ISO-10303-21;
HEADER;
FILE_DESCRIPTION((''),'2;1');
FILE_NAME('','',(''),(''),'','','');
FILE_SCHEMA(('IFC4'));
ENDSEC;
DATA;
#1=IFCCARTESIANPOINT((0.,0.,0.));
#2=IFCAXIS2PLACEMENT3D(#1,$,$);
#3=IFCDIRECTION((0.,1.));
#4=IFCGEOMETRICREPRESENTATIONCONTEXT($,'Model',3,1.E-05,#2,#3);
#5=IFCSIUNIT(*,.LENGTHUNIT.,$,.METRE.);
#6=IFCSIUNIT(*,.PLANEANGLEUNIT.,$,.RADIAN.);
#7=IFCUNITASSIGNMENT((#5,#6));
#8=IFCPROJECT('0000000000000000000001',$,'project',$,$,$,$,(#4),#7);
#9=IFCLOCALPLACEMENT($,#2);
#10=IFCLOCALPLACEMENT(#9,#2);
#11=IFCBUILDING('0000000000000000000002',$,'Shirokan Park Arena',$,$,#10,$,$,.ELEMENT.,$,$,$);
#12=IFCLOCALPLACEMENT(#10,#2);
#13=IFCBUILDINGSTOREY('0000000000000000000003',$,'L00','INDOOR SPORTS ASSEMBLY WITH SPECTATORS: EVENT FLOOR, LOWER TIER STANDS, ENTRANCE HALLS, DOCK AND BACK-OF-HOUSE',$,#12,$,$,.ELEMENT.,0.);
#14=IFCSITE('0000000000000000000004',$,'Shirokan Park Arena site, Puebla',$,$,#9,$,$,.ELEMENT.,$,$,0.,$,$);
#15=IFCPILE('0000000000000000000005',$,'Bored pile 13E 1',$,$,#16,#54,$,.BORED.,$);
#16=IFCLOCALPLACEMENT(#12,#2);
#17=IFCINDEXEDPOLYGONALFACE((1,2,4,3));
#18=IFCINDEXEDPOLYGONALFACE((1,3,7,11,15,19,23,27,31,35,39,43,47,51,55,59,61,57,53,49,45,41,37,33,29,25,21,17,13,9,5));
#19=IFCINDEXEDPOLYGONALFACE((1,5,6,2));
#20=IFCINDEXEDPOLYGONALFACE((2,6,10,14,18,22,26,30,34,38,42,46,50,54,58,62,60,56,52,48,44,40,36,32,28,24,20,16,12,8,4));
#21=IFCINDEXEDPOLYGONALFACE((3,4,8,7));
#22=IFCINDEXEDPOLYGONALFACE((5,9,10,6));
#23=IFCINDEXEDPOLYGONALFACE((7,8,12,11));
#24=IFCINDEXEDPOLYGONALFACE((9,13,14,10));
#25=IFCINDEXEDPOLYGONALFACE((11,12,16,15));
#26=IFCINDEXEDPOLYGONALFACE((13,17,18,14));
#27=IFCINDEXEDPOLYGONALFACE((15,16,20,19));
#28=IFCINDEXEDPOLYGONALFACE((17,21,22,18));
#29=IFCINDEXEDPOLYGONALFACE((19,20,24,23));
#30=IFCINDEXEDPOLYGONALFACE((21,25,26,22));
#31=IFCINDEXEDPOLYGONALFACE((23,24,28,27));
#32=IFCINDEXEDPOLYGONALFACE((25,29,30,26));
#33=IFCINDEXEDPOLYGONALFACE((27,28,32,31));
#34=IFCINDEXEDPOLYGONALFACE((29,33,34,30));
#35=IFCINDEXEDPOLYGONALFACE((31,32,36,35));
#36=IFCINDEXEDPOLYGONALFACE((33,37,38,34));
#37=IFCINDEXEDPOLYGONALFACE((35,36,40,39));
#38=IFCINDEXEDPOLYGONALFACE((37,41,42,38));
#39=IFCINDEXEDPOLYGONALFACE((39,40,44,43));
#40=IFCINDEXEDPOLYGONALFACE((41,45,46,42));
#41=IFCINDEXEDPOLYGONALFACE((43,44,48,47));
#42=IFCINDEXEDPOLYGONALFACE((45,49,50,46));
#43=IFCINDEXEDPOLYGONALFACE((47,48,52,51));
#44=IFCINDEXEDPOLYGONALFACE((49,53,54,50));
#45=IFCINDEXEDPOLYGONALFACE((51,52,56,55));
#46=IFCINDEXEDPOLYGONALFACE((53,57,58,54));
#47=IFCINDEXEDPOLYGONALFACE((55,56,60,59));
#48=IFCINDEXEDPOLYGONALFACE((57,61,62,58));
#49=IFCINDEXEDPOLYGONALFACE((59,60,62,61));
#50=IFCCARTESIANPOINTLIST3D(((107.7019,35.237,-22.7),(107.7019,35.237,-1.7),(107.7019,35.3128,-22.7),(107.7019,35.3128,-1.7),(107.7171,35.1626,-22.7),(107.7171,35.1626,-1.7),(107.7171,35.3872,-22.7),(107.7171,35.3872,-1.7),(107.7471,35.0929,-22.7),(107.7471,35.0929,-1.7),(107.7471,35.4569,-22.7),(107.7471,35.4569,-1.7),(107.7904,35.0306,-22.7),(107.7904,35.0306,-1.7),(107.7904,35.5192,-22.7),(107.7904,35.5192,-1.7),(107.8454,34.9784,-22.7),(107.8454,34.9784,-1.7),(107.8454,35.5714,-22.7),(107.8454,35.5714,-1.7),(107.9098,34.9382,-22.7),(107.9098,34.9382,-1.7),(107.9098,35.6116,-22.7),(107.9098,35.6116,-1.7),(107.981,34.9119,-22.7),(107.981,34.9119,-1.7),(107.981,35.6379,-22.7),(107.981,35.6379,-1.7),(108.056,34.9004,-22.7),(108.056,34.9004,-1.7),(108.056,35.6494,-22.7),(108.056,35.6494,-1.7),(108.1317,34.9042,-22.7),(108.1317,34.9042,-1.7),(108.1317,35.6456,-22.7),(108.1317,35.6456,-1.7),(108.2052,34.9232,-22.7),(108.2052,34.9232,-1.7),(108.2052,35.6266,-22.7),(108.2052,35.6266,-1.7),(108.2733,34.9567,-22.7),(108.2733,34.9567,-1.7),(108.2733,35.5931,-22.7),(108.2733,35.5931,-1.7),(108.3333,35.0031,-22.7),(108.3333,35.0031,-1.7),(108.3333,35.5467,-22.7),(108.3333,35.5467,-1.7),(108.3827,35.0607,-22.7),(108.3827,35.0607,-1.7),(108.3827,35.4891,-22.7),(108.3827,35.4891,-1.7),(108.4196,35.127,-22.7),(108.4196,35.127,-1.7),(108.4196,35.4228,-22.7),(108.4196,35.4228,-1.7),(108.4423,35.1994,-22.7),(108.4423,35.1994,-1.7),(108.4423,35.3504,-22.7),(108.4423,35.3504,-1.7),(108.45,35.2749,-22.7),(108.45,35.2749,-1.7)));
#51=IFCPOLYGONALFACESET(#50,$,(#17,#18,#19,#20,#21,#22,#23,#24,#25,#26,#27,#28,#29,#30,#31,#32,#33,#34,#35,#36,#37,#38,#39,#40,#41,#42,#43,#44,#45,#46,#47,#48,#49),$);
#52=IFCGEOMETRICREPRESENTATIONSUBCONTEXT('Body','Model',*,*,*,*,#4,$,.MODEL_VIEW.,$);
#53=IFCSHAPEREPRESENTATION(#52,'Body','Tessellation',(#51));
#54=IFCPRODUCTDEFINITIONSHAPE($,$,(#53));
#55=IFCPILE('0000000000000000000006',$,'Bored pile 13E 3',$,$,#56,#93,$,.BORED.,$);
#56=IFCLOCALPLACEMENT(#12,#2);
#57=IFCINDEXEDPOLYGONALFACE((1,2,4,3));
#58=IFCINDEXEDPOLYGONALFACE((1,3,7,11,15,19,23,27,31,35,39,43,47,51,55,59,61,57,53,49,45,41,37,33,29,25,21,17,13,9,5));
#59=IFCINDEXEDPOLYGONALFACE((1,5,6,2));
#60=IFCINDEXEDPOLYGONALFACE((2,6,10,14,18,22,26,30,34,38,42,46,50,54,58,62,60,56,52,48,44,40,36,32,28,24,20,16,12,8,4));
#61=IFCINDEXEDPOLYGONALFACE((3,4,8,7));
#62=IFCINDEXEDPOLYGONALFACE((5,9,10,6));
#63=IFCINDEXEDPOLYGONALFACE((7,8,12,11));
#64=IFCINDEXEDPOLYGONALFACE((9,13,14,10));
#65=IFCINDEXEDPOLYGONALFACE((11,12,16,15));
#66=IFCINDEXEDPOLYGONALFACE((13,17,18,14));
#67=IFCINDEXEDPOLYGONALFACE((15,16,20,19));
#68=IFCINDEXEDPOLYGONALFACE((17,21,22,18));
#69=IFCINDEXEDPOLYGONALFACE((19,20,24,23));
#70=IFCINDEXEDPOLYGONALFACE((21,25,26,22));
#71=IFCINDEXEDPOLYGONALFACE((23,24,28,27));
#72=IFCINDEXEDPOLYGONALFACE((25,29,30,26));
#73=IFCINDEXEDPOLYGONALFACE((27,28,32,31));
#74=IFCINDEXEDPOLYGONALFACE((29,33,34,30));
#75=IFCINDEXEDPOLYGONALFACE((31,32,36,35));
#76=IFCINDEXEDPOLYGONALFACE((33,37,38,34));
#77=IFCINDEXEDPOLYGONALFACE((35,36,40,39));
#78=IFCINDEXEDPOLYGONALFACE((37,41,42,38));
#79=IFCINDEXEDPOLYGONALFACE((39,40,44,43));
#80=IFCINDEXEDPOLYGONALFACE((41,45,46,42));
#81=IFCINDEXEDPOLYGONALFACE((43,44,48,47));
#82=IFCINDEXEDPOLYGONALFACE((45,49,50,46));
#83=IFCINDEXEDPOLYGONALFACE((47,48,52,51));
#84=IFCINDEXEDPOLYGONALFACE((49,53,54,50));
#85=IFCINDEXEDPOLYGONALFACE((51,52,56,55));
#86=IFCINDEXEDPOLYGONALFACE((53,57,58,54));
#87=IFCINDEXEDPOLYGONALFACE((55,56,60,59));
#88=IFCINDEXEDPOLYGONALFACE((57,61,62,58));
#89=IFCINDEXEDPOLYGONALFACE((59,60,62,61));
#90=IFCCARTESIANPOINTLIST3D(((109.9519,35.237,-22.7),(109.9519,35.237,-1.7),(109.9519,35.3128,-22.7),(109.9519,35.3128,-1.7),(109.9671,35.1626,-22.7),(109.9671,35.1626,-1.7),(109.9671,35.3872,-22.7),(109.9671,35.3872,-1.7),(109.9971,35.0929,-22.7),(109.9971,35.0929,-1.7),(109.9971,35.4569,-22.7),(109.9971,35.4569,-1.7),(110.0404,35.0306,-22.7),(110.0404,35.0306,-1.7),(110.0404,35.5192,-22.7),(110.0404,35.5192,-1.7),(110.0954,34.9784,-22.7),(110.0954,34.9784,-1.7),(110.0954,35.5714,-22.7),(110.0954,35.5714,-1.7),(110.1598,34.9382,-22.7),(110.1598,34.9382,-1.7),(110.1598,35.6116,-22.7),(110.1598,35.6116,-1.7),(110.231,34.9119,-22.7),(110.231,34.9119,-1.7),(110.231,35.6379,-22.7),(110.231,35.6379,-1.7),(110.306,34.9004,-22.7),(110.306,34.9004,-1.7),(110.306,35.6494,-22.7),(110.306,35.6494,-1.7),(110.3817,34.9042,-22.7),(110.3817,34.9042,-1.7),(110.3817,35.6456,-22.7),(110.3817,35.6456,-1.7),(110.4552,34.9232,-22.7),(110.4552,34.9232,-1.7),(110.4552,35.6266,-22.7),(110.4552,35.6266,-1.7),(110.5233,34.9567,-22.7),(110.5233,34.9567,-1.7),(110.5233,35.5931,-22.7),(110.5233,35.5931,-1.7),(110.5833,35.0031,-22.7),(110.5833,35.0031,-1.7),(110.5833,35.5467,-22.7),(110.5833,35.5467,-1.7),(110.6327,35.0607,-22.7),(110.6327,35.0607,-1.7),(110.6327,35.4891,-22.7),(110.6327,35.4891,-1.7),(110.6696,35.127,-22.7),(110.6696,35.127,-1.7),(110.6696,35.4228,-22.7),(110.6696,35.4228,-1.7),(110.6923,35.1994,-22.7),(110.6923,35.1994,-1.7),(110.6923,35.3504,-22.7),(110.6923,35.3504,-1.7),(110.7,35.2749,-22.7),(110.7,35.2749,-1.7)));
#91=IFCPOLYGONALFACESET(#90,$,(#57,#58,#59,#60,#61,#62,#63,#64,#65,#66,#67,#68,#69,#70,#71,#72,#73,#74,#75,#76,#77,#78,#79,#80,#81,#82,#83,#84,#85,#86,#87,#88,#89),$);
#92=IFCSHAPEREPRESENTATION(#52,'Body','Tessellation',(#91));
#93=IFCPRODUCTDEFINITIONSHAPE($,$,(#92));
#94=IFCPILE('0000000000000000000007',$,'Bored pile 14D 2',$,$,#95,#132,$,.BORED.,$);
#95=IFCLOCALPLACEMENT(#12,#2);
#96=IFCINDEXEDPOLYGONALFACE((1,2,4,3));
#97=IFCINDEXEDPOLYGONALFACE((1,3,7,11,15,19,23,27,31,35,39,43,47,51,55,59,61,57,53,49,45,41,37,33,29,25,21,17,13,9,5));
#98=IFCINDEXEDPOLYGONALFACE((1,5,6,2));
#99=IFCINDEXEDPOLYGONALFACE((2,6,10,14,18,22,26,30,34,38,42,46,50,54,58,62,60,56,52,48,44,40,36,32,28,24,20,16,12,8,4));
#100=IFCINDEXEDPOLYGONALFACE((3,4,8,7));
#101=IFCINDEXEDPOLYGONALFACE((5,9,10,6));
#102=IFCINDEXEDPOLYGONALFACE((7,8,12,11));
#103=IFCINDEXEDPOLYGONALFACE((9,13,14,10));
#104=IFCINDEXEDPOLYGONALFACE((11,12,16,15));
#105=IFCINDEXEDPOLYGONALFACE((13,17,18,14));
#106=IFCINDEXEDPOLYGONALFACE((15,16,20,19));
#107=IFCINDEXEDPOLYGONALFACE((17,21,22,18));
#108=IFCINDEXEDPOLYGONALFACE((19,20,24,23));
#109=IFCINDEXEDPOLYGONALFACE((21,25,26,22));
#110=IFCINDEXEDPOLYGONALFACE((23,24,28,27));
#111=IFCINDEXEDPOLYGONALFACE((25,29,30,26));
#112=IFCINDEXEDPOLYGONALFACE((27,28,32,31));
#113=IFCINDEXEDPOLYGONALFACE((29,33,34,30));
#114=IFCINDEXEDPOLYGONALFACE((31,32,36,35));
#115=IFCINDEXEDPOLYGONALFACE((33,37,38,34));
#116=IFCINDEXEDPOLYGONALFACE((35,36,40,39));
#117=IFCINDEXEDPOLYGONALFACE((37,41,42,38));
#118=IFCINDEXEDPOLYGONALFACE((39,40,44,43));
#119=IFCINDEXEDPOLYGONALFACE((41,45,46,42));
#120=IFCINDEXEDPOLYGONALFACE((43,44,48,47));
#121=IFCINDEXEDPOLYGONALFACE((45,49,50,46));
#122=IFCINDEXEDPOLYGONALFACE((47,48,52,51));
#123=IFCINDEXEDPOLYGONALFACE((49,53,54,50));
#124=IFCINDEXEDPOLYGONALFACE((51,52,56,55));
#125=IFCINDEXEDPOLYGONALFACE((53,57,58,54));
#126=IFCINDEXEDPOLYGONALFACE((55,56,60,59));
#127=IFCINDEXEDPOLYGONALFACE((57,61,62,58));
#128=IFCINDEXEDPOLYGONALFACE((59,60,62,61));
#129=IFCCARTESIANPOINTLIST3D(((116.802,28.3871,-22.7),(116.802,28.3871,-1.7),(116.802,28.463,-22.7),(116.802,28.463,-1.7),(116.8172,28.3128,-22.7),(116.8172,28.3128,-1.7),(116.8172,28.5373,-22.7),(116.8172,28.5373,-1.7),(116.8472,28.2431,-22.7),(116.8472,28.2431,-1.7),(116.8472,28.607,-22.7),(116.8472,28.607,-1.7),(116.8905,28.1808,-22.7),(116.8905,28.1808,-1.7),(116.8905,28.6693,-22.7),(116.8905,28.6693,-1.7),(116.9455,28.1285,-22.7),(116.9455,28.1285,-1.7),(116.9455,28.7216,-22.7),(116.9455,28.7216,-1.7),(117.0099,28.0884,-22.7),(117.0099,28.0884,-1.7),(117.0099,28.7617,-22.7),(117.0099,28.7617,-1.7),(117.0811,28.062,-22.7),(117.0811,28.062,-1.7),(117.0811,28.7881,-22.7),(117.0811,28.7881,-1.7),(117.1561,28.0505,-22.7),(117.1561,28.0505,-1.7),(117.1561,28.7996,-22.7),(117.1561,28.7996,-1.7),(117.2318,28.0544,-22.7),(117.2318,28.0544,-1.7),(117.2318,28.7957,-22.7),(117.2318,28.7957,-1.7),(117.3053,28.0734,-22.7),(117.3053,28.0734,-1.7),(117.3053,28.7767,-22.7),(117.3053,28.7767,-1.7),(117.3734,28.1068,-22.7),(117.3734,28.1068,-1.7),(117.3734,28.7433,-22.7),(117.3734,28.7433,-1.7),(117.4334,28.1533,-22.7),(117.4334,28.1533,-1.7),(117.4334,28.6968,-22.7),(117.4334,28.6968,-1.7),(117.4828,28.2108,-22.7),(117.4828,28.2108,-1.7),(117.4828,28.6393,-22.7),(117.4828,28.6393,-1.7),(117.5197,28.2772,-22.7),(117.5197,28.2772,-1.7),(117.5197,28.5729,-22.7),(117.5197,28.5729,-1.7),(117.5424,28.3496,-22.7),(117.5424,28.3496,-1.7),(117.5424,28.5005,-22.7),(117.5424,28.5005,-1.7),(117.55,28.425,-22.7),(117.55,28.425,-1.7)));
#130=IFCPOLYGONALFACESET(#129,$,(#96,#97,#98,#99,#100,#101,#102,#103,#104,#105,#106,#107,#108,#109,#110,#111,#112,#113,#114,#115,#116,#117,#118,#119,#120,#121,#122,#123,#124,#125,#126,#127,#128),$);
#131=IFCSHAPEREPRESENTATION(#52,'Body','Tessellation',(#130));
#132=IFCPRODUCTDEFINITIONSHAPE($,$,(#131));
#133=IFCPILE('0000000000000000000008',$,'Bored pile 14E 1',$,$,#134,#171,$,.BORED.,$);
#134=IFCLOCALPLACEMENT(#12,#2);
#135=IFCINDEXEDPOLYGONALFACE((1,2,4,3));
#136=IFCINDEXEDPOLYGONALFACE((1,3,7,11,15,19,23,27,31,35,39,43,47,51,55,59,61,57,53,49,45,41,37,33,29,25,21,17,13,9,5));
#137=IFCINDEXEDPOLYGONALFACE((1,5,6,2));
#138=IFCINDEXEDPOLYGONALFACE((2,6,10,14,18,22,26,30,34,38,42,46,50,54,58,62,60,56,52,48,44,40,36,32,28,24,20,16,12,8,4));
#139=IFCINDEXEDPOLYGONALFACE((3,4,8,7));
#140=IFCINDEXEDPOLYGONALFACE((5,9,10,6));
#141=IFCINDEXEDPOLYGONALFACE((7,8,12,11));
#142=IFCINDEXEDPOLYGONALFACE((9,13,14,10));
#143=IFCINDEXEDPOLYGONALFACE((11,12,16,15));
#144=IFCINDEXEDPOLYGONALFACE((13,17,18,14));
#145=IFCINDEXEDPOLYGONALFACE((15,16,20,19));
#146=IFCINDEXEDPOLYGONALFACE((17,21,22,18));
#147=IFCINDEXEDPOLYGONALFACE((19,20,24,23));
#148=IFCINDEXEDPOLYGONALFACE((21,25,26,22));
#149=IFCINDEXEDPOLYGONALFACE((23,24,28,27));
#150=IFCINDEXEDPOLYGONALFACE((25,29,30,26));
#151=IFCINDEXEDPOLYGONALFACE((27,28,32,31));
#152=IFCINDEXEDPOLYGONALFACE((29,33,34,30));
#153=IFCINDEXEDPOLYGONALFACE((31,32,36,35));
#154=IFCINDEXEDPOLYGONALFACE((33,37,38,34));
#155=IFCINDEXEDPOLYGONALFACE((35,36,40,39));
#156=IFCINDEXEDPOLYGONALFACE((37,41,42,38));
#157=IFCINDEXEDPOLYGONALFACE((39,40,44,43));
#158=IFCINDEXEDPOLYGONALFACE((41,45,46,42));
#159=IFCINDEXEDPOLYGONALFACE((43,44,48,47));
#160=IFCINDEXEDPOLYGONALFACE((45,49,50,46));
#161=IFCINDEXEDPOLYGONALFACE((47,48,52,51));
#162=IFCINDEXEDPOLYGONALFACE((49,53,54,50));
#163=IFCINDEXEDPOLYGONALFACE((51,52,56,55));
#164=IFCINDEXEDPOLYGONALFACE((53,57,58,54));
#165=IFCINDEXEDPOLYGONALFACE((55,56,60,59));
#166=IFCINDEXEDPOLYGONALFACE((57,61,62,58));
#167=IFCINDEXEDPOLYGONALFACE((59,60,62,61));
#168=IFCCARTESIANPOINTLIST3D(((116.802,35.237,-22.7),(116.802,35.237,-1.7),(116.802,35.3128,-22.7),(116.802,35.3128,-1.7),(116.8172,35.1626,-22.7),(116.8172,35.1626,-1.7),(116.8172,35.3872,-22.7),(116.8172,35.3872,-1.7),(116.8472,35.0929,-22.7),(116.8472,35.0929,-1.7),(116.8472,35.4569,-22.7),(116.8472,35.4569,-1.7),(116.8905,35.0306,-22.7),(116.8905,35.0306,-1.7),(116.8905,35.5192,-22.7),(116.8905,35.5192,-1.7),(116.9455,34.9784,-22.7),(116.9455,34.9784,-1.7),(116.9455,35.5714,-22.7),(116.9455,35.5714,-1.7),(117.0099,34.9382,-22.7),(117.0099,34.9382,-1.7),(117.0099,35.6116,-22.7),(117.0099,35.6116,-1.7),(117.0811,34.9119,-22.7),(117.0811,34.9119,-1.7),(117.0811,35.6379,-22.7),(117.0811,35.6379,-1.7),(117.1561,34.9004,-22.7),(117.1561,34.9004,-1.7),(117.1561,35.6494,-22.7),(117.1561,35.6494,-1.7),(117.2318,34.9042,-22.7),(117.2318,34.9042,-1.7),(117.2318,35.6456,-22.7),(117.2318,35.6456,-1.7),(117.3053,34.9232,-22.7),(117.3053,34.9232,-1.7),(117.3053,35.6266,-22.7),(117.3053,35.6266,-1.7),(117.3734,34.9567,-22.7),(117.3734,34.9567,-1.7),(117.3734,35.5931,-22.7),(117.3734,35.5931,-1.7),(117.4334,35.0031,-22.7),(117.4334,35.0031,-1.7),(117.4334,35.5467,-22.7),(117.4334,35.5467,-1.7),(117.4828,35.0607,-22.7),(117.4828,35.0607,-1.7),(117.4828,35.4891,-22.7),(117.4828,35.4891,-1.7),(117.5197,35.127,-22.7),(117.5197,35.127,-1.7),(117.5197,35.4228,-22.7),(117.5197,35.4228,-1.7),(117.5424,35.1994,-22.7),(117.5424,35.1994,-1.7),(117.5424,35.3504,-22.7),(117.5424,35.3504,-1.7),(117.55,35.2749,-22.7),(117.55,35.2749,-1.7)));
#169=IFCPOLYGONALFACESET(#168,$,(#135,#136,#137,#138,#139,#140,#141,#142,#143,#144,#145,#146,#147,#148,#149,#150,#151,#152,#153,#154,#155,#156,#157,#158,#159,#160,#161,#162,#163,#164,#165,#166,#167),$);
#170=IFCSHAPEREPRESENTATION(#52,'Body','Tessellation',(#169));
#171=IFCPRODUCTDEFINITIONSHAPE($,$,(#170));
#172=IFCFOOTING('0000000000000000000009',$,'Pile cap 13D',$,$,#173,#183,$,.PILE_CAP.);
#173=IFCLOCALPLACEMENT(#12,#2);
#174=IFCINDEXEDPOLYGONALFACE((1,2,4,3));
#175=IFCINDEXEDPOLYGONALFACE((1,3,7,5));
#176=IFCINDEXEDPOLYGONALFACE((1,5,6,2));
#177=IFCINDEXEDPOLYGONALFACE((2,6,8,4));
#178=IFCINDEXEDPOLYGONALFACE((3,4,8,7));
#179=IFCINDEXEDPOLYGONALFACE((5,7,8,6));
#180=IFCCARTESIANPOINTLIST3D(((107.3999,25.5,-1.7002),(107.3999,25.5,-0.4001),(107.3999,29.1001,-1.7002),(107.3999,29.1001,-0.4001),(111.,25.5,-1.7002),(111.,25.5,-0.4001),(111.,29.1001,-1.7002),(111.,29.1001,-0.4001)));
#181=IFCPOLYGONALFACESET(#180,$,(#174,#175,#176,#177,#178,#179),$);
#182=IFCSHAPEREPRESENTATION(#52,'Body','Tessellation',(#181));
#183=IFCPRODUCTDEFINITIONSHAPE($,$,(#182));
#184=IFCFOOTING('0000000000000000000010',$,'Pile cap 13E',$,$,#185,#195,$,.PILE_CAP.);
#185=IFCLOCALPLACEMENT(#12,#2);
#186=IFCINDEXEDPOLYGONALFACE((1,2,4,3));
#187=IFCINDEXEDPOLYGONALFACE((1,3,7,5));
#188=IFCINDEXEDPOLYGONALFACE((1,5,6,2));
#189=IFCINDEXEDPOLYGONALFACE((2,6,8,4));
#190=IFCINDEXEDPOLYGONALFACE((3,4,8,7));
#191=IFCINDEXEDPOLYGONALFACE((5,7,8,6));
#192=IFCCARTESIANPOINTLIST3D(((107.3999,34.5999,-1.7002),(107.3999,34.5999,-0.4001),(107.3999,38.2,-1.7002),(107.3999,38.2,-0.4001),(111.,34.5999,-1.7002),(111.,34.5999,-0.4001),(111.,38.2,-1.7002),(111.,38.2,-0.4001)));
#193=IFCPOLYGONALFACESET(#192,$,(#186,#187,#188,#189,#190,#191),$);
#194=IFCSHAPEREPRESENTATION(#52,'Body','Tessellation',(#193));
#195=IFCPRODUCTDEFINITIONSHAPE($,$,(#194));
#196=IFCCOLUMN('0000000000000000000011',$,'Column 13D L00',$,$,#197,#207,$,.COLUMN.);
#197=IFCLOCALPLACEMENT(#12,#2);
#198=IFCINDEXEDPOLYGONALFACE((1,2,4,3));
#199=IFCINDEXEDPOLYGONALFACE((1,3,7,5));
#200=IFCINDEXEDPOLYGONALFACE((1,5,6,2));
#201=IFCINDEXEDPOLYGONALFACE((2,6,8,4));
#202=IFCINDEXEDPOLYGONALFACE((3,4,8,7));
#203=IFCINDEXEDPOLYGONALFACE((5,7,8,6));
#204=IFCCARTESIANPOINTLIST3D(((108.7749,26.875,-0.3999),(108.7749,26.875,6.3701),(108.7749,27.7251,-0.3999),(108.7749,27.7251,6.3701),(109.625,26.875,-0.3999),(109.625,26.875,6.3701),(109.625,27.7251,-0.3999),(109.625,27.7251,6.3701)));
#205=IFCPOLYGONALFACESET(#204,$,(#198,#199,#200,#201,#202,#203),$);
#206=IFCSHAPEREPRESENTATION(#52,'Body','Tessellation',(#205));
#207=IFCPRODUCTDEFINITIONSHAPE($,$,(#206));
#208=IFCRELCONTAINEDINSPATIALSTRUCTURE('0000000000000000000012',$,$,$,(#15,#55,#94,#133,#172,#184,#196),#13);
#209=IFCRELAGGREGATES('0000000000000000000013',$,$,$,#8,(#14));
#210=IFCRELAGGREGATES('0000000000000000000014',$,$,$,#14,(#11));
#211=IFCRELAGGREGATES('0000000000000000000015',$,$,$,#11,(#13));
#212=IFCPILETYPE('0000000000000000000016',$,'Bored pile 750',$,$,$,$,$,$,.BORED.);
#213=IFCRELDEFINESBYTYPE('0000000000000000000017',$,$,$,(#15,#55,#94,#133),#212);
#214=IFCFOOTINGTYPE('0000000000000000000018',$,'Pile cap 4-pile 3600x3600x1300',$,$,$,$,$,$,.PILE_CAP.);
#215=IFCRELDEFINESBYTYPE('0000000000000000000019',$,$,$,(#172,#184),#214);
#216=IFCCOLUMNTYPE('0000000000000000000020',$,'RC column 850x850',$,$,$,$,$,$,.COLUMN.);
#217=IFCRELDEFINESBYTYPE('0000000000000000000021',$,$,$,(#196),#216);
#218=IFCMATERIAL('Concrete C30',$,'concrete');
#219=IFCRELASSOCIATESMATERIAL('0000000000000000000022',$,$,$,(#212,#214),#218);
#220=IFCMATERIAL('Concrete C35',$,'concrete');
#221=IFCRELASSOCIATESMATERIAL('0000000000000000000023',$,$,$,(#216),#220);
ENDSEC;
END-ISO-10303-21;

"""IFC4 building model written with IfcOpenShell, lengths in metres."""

from ifc_helpers import new_model, si_unit, direction, frame, origin, origin_2d, place, context, subcontext, project, spatial, rectangle, circle, extrude, material, material_profile, profile_set, type_object, element, save


model = new_model("IFC4")

# Units and contexts
model_context = context("Model", 3, precision=1e-05, world=origin(), true_north=direction((0.0, 1.0)))
body_context = subcontext(model_context, "Body", "Model", "MODEL_VIEW")
ifc_project = project(units=[si_unit("LENGTHUNIT", "METRE"), si_unit("PLANEANGLEUNIT", "RADIAN")], contexts=[model_context])

# Site, building, storey
site_placement = place(None, origin())
site = spatial("IfcSite", under=ifc_project, at=site_placement, Name="Shirokan Park Arena site, Puebla", CompositionType="ELEMENT", RefElevation=0.0)
building_placement = place(site_placement, origin())
building = spatial("IfcBuilding", under=site, at=building_placement, Name="Shirokan Park Arena", CompositionType="ELEMENT")
storey_placement = place(building_placement, origin())
storey = spatial("IfcBuildingStorey", under=building, at=storey_placement, Name="L00", Description="INDOOR SPORTS ASSEMBLY WITH SPECTATORS: EVENT FLOOR, LOWER TIER STANDS, ENTRANCE HALLS, DOCK AND BACK-OF-HOUSE", CompositionType="ELEMENT", Elevation=0.0)

# Piles
ifc_material_1 = material(Name="Concrete C30", Category="concrete")
ifc_material_profile_1 = material_profile(ifc_material_1, circle(Radius=0.375, at=origin_2d()), Name="D750")
ifc_profile_set_1 = profile_set([ifc_material_profile_1], Name="Concrete C30")
pile_type_1 = type_object("IfcPileType", Name="Bored pile 750", PredefinedType="BORED", material=ifc_profile_set_1)
for number, where, z_axis, x_axis, name in (
    (1, (108.075, 35.2749, -1.7), (0.0, 0.0, -1.0), (1.0, 0.0, 0.0), "Bored pile 13E 1"),
    (2, (110.325, 35.2749, -1.7), (0.0, 0.0, -1.0), (1.0, 0.0, 0.0), "Bored pile 13E 3"),
    (3, (117.175, 28.425, -1.7), (0.0, 0.0, -1.0), (1.0, 0.0, 0.0), "Bored pile 14D 2"),
    (4, (117.175, 35.2749, -1.7), (0.0, 0.0, -1.0), (1.0, 0.0, 0.0), "Bored pile 14E 1"),
):
    element("IfcPile", number, at=place(storey_placement, frame(where, z_axis=z_axis, x_axis=x_axis)), inside=storey, type_object=pile_type_1, Name=name, PredefinedType="BORED", context=body_context, shape_type="SweptSolid", body=[
        extrude(circle(Radius=0.375, at=origin_2d()), origin(), (0.0, 0.0, 1.0), 21.0),
    ])

# Footings
footing_type = type_object("IfcFootingType", Name="Pile cap 4-pile 3600x3600x1300", PredefinedType="PILE_CAP", material=ifc_material_1)
for number, where, z_axis, x_axis, name in (
    (5, (109.2, 27.3, -1.7002), (0.0, 0.0, 1.0), (1.0, 0.0, 0.0), "Pile cap 13D"),
    (6, (109.2, 36.3999, -1.7002), (0.0, 0.0, 1.0), (1.0, 0.0, 0.0), "Pile cap 13E"),
):
    element("IfcFooting", number, at=place(storey_placement, frame(where, z_axis=z_axis, x_axis=x_axis)), inside=storey, type_object=footing_type, Name=name, PredefinedType="PILE_CAP", context=body_context, shape_type="SweptSolid", body=[
        extrude(rectangle(XDim=3.6001, YDim=3.6001, at=origin_2d()), origin(), (0.0, 0.0, 1.0), 1.3),
    ])

# Column
ifc_material_2 = material(Name="Concrete C35", Category="concrete")
ifc_material_profile_2 = material_profile(ifc_material_2, rectangle(XDim=0.8501, YDim=0.8501, at=origin_2d()), Name="850x850")
ifc_profile_set_2 = profile_set([ifc_material_profile_2], Name="Concrete C35")
column_type_1 = type_object("IfcColumnType", Name="RC column 850x850", PredefinedType="COLUMN", material=ifc_profile_set_2)
column_1_placement = place(storey_placement, frame((109.2, 27.3, -0.3999), z_axis=(0.0, 0.0, 1.0), x_axis=(1.0, 0.0, 0.0)))
element("IfcColumn", 7, at=column_1_placement, inside=storey, type_object=column_type_1, Name="Column 13D L00", PredefinedType="COLUMN", context=body_context, shape_type="SweptSolid", body=[
    extrude(rectangle(XDim=0.8501, YDim=0.8501, at=origin_2d()), origin(), (0.0, 0.0, 1.0), 6.77),
])

save(model, "model.ifc")
